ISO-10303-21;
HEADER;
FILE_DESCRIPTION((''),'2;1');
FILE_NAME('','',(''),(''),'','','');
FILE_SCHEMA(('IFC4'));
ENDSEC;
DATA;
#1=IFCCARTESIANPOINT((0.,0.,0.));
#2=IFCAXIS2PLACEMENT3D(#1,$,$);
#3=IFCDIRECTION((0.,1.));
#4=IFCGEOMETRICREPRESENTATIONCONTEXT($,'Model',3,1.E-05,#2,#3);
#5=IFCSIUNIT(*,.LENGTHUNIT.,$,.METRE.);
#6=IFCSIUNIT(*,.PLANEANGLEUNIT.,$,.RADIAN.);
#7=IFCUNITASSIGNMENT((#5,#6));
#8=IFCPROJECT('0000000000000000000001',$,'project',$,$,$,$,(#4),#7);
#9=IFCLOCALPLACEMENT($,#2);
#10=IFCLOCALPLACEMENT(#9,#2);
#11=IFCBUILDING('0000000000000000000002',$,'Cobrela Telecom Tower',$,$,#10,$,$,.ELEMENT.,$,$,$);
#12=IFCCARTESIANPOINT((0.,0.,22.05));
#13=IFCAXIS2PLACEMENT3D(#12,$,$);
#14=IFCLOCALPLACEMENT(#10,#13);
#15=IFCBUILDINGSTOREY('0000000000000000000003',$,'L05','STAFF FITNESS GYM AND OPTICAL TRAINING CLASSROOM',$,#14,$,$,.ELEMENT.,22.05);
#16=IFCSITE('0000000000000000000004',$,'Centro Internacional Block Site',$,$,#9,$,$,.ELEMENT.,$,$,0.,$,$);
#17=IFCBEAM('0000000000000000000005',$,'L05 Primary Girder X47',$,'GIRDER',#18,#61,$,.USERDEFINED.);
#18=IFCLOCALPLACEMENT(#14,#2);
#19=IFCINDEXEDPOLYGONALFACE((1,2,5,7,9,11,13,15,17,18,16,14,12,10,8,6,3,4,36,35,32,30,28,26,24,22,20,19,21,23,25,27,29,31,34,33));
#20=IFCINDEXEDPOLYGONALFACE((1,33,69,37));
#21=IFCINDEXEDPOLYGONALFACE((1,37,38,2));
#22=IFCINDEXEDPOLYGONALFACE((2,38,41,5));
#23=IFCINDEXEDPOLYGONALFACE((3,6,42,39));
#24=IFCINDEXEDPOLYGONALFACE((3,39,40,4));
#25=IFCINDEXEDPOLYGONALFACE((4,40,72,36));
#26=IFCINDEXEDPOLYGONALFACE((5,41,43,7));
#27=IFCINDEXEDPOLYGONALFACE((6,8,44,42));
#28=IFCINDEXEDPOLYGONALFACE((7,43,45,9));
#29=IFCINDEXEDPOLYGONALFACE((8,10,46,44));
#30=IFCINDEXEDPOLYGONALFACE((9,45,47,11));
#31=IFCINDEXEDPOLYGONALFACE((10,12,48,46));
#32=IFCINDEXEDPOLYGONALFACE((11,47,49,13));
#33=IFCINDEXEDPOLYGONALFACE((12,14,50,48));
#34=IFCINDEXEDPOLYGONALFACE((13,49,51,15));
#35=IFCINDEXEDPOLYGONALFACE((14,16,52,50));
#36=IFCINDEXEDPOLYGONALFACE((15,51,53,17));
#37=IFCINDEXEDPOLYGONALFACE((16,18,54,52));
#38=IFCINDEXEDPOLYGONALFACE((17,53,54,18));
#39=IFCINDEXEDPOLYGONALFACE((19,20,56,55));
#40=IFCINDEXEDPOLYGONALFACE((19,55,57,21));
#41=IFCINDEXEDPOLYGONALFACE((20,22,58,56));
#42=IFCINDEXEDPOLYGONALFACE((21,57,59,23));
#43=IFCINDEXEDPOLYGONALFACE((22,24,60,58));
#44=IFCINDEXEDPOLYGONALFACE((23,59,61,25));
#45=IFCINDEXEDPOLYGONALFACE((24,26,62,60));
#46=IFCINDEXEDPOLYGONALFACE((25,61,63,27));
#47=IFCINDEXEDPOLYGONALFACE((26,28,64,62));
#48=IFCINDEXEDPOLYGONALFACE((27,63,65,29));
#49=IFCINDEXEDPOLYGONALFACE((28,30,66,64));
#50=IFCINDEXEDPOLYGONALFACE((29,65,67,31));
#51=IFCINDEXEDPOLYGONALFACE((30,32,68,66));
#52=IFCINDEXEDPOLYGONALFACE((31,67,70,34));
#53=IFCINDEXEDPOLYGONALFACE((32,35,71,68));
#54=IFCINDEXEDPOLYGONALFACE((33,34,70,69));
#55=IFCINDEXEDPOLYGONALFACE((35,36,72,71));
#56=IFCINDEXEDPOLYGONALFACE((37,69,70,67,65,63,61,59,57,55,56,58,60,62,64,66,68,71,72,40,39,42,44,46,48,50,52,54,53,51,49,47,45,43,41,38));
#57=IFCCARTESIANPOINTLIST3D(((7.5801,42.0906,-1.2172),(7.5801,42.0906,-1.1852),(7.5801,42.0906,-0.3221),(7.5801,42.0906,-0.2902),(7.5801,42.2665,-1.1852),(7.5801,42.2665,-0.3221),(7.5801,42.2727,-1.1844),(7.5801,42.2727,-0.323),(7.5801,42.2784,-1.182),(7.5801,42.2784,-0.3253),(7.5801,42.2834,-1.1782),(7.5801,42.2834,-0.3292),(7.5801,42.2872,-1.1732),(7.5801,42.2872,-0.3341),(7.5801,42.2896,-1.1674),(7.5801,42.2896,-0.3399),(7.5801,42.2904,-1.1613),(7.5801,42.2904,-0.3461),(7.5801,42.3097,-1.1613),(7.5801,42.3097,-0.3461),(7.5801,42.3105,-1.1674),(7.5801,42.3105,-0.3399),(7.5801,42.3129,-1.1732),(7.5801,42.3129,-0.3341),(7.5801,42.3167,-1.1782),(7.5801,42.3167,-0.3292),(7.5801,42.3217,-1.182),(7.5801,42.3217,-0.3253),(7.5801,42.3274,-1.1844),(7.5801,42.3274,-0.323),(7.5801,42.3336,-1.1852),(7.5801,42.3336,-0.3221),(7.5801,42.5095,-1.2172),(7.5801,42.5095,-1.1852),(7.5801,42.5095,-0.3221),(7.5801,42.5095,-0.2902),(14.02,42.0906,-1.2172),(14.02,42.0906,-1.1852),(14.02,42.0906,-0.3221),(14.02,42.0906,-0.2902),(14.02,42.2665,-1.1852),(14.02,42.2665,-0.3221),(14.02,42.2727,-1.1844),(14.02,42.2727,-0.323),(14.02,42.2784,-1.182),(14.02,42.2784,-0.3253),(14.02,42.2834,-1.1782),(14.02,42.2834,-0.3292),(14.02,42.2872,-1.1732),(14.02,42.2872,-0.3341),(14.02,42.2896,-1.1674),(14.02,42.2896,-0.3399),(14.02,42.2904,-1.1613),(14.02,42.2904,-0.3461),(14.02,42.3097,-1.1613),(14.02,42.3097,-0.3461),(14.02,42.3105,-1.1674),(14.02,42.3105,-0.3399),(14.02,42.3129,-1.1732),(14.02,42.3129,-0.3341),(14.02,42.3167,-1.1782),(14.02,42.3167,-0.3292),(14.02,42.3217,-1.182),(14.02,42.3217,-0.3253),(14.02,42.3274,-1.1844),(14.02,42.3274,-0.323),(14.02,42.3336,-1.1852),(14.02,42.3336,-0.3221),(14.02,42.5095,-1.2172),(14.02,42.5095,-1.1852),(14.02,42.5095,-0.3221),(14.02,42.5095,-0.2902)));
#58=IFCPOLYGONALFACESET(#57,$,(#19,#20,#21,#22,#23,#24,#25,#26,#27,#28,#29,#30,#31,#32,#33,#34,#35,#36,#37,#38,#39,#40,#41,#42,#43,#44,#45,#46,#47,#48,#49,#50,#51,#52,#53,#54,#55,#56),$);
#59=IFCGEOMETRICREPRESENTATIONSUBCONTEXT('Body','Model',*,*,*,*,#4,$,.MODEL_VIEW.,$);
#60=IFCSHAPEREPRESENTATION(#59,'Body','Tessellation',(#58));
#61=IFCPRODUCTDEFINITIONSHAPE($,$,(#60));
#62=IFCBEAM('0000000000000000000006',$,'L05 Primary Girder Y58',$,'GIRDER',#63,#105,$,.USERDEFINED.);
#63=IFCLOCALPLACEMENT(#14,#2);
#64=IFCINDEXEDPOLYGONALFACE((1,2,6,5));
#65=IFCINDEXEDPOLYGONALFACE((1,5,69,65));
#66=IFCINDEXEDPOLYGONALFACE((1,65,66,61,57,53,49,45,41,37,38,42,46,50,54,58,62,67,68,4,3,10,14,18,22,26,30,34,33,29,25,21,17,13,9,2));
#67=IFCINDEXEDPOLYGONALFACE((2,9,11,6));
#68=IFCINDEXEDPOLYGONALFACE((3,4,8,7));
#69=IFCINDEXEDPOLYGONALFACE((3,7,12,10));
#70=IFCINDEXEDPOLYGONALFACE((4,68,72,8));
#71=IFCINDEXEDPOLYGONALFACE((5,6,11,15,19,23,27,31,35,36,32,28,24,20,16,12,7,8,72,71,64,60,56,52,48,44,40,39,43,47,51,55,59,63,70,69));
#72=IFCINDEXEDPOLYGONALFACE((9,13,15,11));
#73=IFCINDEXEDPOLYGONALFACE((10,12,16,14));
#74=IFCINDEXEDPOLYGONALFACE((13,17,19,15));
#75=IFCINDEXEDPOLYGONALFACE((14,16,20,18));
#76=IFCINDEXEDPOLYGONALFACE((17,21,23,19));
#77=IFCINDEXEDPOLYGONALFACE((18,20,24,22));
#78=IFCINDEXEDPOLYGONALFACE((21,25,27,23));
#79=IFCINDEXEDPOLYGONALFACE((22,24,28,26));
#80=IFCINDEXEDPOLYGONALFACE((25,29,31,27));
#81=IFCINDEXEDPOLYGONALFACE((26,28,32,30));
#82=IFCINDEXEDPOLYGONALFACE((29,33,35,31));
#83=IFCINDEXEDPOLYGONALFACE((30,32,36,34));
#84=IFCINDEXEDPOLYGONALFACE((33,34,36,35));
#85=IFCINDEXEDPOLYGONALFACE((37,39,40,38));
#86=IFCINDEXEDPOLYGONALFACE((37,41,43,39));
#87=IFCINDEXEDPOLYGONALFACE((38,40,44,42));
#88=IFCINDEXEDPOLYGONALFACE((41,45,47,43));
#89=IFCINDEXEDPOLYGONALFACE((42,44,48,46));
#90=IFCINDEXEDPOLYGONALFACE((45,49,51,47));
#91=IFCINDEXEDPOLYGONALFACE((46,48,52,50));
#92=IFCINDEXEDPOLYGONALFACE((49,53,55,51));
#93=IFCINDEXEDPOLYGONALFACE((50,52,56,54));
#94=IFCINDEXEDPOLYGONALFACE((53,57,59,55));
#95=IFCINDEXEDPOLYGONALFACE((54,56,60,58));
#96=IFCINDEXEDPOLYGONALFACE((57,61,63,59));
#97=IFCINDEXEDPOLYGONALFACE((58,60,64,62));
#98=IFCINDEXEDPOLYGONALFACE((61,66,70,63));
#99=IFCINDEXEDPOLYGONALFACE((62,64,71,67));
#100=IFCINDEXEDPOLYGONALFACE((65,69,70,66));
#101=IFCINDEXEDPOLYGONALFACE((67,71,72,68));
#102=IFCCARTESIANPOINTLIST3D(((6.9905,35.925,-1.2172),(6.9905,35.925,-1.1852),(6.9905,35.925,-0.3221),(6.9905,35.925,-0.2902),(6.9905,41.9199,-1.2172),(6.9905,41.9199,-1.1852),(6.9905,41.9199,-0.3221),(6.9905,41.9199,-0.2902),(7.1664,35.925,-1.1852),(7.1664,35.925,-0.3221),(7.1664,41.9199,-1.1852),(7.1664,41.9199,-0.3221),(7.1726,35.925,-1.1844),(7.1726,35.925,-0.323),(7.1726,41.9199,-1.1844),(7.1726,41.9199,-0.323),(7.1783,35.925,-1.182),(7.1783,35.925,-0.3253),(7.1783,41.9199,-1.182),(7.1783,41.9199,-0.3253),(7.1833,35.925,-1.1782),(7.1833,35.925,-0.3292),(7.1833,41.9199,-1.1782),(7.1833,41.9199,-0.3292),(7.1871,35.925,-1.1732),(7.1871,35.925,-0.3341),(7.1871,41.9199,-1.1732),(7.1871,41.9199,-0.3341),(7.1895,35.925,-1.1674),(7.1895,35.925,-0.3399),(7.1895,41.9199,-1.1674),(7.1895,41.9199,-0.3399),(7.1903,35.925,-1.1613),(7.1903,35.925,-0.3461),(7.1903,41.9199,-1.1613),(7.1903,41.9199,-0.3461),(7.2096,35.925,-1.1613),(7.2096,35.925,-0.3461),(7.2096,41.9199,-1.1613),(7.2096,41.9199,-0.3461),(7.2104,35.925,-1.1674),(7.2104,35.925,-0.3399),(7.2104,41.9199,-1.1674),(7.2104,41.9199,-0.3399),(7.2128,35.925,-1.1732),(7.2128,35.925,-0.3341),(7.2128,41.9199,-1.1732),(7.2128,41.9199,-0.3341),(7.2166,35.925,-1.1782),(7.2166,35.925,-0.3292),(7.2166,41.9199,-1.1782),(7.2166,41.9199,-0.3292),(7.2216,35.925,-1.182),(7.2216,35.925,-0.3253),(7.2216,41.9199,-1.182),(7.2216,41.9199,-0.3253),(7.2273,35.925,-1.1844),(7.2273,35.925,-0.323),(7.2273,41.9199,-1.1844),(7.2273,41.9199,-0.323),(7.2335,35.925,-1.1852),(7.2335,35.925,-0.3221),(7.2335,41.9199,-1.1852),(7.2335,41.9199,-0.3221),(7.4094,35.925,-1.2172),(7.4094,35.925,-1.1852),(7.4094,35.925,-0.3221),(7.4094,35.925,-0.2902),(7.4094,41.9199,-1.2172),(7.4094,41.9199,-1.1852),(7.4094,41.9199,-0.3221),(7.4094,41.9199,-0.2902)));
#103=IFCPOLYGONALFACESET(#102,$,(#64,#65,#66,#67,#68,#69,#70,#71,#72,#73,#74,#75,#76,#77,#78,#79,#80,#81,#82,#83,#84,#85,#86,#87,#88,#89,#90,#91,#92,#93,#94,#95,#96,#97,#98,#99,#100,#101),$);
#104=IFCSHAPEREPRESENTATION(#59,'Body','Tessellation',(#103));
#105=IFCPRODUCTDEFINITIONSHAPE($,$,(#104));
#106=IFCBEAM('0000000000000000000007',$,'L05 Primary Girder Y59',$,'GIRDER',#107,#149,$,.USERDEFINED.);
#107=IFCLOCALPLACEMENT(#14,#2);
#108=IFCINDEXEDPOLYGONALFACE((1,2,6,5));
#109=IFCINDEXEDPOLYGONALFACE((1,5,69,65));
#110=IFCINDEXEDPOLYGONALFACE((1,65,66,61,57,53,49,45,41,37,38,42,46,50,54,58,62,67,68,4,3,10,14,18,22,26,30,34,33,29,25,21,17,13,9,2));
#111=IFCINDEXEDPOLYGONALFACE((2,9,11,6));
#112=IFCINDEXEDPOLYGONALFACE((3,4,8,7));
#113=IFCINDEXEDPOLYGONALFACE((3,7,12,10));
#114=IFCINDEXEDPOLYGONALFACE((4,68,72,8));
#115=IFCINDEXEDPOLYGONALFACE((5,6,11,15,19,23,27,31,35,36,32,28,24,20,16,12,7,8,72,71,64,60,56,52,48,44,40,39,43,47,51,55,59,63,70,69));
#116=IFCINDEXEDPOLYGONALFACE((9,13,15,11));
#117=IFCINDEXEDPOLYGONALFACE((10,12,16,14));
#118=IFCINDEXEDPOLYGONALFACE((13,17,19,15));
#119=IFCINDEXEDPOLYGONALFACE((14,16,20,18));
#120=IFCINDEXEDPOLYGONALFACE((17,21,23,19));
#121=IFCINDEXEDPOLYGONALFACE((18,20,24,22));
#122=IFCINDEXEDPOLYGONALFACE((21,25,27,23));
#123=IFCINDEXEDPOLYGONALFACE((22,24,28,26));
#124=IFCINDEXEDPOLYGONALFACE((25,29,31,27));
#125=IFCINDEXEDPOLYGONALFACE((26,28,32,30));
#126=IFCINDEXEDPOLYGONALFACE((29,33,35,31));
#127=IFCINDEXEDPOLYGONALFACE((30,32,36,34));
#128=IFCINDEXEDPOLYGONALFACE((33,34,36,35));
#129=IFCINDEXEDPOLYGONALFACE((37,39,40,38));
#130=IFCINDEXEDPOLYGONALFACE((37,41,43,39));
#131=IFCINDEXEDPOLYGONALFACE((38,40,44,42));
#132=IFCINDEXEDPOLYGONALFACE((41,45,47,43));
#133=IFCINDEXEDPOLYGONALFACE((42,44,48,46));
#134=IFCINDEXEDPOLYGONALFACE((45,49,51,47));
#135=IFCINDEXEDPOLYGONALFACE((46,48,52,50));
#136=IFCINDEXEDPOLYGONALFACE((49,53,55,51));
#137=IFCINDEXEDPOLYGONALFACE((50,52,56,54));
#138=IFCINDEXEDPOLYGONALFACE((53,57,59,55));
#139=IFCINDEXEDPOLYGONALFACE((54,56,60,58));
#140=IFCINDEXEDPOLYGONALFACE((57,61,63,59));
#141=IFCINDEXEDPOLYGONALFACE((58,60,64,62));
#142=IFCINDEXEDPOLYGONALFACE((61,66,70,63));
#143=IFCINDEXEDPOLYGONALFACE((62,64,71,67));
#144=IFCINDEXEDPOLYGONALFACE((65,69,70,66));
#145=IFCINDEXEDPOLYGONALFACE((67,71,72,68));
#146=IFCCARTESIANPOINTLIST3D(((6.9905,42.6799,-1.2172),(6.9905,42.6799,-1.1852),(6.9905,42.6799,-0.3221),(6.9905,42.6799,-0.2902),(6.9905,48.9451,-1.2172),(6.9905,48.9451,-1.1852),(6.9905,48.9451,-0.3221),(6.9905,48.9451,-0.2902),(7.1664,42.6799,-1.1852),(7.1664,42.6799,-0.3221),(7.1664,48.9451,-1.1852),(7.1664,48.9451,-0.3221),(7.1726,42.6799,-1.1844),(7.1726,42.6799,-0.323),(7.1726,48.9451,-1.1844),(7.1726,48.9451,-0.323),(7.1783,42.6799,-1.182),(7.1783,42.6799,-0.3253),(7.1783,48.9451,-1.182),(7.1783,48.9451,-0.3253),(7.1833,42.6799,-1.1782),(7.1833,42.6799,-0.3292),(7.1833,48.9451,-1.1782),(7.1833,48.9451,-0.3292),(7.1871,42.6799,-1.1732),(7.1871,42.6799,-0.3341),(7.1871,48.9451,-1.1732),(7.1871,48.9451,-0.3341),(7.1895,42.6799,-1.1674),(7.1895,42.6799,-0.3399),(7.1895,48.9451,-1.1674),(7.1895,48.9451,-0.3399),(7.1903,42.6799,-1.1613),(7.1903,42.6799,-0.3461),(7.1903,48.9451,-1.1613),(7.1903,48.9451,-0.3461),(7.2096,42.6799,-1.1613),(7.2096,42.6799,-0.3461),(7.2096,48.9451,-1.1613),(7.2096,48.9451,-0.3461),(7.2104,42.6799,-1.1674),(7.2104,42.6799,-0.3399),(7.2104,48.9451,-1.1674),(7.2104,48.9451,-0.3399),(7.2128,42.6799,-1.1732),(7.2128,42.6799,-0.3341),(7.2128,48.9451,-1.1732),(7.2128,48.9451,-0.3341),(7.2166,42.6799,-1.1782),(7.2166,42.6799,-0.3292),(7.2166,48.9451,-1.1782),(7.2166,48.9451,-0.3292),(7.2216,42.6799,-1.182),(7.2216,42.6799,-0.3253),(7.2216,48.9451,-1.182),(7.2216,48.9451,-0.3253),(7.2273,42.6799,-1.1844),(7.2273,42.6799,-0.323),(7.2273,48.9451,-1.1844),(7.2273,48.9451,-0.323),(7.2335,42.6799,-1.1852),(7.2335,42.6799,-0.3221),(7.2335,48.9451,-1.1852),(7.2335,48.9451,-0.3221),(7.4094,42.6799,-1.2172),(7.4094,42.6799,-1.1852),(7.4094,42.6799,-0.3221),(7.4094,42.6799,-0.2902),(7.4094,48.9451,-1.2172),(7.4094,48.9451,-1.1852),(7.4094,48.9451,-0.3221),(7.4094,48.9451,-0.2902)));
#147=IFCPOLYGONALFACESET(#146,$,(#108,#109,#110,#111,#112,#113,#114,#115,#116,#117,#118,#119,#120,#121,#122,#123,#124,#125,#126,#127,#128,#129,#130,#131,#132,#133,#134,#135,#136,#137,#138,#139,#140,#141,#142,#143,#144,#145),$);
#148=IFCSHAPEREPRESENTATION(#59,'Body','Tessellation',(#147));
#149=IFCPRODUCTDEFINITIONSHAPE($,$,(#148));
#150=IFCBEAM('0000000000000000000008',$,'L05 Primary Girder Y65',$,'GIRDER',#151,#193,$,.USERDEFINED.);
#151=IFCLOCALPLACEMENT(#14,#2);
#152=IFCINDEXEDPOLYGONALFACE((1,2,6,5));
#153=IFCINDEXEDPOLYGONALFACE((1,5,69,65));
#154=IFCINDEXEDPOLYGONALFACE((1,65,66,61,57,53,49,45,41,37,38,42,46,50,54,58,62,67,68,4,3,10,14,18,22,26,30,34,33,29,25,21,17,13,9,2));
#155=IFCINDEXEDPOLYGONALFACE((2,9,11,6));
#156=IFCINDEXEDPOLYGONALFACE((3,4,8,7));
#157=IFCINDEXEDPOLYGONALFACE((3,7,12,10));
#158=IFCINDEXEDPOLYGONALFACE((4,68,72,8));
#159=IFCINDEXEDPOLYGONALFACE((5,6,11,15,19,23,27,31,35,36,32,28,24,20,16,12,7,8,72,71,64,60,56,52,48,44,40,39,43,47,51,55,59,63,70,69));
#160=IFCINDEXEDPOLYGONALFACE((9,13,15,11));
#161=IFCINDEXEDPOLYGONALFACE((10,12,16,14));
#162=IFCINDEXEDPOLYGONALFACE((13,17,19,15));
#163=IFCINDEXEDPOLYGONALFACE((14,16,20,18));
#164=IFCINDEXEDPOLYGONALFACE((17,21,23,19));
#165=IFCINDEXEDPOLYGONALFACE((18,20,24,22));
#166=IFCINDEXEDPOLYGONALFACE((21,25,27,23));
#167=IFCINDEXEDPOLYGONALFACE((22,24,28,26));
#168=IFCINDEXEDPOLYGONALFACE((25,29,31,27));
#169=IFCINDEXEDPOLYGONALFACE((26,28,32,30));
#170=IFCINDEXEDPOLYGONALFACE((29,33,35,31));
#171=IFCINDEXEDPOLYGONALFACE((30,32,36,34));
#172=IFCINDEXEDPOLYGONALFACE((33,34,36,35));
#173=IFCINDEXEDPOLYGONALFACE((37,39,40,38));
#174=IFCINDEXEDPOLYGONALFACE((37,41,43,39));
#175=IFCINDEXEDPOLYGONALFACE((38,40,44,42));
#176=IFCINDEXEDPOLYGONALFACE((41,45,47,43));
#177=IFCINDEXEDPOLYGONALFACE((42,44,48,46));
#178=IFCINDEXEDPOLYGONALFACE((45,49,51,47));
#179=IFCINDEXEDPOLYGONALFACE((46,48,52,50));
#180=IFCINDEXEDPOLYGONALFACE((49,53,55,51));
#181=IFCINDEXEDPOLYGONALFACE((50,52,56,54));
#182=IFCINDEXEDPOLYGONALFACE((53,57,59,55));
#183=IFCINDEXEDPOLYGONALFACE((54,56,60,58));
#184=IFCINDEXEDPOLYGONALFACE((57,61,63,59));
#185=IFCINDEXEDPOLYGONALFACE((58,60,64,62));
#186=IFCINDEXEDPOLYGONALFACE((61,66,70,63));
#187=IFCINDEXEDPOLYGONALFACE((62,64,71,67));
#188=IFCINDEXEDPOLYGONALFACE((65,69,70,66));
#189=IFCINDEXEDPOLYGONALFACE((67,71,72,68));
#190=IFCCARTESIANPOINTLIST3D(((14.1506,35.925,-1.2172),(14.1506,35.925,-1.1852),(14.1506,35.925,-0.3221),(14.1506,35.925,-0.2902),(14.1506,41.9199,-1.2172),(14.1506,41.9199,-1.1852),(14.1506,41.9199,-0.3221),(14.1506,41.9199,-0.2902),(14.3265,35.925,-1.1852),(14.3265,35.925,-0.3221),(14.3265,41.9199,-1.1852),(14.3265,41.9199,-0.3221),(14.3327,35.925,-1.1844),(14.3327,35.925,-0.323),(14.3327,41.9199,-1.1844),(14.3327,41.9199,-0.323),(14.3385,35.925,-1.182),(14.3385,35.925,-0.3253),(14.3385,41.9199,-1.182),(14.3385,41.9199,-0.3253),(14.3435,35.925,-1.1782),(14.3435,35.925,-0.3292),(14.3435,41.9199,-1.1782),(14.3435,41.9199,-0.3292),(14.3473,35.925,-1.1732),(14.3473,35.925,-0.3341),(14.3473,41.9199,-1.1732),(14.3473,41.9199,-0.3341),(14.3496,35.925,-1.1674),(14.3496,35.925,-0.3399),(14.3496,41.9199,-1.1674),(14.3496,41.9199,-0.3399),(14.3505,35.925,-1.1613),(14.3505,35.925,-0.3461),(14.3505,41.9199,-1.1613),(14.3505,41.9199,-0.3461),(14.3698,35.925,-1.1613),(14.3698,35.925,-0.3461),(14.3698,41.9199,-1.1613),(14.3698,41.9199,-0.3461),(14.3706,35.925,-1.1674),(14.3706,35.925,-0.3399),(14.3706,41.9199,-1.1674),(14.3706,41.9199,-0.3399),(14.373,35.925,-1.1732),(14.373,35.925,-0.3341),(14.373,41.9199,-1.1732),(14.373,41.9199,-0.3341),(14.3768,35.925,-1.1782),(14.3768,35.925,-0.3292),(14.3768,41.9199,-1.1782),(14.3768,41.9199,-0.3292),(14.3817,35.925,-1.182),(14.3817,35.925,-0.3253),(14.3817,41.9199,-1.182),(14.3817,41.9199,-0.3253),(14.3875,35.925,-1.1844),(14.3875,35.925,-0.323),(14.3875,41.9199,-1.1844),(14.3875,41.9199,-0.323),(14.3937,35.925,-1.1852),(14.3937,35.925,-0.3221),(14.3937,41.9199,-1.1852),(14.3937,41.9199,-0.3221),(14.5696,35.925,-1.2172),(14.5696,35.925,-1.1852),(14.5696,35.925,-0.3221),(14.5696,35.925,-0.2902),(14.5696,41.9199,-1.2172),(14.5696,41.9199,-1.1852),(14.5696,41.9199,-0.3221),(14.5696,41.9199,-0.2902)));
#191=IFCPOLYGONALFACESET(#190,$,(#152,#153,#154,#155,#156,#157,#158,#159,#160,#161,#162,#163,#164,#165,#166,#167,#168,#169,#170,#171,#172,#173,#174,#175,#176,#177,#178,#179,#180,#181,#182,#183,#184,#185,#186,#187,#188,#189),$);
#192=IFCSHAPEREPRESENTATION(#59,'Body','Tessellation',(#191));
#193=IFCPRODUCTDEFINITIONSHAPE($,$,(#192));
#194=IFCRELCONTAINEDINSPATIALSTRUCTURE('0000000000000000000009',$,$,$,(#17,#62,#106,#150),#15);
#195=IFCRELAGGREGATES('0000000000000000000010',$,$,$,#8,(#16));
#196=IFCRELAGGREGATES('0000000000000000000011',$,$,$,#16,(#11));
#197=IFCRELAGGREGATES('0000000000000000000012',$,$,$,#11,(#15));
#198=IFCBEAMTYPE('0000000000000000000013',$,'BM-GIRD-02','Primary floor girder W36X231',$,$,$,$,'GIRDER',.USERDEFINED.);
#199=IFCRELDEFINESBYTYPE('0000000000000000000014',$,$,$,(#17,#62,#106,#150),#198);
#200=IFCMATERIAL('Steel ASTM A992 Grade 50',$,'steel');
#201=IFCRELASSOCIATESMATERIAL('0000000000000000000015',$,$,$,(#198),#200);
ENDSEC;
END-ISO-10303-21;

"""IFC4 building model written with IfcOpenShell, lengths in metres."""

from ifc_helpers import new_model, si_unit, direction, frame, origin, origin_2d, place, context, subcontext, project, spatial, i_section, extrude, material, material_profile, profile_set, type_object, element, save


model = new_model("IFC4")

# Units and contexts
model_context = context("Model", 3, precision=1e-05, world=origin(), true_north=direction((0.0, 1.0)))
body_context = subcontext(model_context, "Body", "Model", "MODEL_VIEW")
ifc_project = project(units=[si_unit("LENGTHUNIT", "METRE"), si_unit("PLANEANGLEUNIT", "RADIAN")], contexts=[model_context])

# Site, building, storey
site_placement = place(None, origin())
site = spatial("IfcSite", under=ifc_project, at=site_placement, Name="Centro Internacional Block Site", CompositionType="ELEMENT", RefElevation=0.0)
building_placement = place(site_placement, origin())
building = spatial("IfcBuilding", under=site, at=building_placement, Name="Cobrela Telecom Tower", CompositionType="ELEMENT")
storey_placement = place(building_placement, frame((0.0, 0.0, 22.05)))
storey = spatial("IfcBuildingStorey", under=building, at=storey_placement, Name="L05", Description="STAFF FITNESS GYM AND OPTICAL TRAINING CLASSROOM", CompositionType="ELEMENT", Elevation=22.05)

# Beams
ifc_material_1 = material(Name="Steel ASTM A992 Grade 50", Category="steel")
ifc_material_profile_1 = material_profile(ifc_material_1, i_section(OverallWidth=0.4189, OverallDepth=0.927, WebThickness=0.0193, FlangeThickness=0.032, FilletRadius=0.0239, at=origin_2d()), Name="W36X231")
ifc_profile_set_1 = profile_set([ifc_material_profile_1], Name="Steel ASTM A992 Grade 50")
beam_type_1 = type_object("IfcBeamType", Name="BM-GIRD-02", Description="Primary floor girder W36X231", ElementType="GIRDER", PredefinedType="USERDEFINED", material=ifc_profile_set_1)
beam_1_placement = place(storey_placement, frame((7.5801, 42.3, -0.7537), z_axis=(1.0, 0.0, 0.0), x_axis=(0.0, 1.0, 0.0)))
element("IfcBeam", 1, at=beam_1_placement, inside=storey, type_object=beam_type_1, Name="L05 Primary Girder X47", ObjectType="GIRDER", PredefinedType="USERDEFINED", context=body_context, shape_type="SweptSolid", body=[
    extrude(i_section(OverallWidth=0.4189, OverallDepth=0.927, WebThickness=0.0193, FlangeThickness=0.032, FilletRadius=0.0239, at=origin_2d()), origin(), (0.0, 0.0, 1.0), 6.4399),
])
beam_2_placement = place(storey_placement, frame((7.2, 35.925, -0.7537), z_axis=(0.0, 1.0, 0.0), x_axis=(-1.0, 0.0, 0.0)))
element("IfcBeam", 2, at=beam_2_placement, inside=storey, type_object=beam_type_1, Name="L05 Primary Girder Y58", ObjectType="GIRDER", PredefinedType="USERDEFINED", context=body_context, shape_type="SweptSolid", body=[
    extrude(i_section(OverallWidth=0.4189, OverallDepth=0.927, WebThickness=0.0193, FlangeThickness=0.032, FilletRadius=0.0239, at=origin_2d()), origin(), (0.0, 0.0, 1.0), 5.9949),
])
beam_3_placement = place(storey_placement, frame((7.2, 42.6799, -0.7537), z_axis=(0.0, 1.0, 0.0), x_axis=(-1.0, 0.0, 0.0)))
element("IfcBeam", 3, at=beam_3_placement, inside=storey, type_object=beam_type_1, Name="L05 Primary Girder Y59", ObjectType="GIRDER", PredefinedType="USERDEFINED", context=body_context, shape_type="SweptSolid", body=[
    extrude(i_section(OverallWidth=0.4189, OverallDepth=0.927, WebThickness=0.0193, FlangeThickness=0.032, FilletRadius=0.0239, at=origin_2d()), origin(), (0.0, 0.0, 1.0), 6.2651),
])
beam_4_placement = place(storey_placement, frame((14.3601, 35.925, -0.7537), z_axis=(0.0, 1.0, 0.0), x_axis=(-1.0, 0.0, 0.0)))
element("IfcBeam", 4, at=beam_4_placement, inside=storey, type_object=beam_type_1, Name="L05 Primary Girder Y65", ObjectType="GIRDER", PredefinedType="USERDEFINED", context=body_context, shape_type="SweptSolid", body=[
    extrude(i_section(OverallWidth=0.4189, OverallDepth=0.927, WebThickness=0.0193, FlangeThickness=0.032, FilletRadius=0.0239, at=origin_2d()), origin(), (0.0, 0.0, 1.0), 5.9949),
])

save(model, "model.ifc")
